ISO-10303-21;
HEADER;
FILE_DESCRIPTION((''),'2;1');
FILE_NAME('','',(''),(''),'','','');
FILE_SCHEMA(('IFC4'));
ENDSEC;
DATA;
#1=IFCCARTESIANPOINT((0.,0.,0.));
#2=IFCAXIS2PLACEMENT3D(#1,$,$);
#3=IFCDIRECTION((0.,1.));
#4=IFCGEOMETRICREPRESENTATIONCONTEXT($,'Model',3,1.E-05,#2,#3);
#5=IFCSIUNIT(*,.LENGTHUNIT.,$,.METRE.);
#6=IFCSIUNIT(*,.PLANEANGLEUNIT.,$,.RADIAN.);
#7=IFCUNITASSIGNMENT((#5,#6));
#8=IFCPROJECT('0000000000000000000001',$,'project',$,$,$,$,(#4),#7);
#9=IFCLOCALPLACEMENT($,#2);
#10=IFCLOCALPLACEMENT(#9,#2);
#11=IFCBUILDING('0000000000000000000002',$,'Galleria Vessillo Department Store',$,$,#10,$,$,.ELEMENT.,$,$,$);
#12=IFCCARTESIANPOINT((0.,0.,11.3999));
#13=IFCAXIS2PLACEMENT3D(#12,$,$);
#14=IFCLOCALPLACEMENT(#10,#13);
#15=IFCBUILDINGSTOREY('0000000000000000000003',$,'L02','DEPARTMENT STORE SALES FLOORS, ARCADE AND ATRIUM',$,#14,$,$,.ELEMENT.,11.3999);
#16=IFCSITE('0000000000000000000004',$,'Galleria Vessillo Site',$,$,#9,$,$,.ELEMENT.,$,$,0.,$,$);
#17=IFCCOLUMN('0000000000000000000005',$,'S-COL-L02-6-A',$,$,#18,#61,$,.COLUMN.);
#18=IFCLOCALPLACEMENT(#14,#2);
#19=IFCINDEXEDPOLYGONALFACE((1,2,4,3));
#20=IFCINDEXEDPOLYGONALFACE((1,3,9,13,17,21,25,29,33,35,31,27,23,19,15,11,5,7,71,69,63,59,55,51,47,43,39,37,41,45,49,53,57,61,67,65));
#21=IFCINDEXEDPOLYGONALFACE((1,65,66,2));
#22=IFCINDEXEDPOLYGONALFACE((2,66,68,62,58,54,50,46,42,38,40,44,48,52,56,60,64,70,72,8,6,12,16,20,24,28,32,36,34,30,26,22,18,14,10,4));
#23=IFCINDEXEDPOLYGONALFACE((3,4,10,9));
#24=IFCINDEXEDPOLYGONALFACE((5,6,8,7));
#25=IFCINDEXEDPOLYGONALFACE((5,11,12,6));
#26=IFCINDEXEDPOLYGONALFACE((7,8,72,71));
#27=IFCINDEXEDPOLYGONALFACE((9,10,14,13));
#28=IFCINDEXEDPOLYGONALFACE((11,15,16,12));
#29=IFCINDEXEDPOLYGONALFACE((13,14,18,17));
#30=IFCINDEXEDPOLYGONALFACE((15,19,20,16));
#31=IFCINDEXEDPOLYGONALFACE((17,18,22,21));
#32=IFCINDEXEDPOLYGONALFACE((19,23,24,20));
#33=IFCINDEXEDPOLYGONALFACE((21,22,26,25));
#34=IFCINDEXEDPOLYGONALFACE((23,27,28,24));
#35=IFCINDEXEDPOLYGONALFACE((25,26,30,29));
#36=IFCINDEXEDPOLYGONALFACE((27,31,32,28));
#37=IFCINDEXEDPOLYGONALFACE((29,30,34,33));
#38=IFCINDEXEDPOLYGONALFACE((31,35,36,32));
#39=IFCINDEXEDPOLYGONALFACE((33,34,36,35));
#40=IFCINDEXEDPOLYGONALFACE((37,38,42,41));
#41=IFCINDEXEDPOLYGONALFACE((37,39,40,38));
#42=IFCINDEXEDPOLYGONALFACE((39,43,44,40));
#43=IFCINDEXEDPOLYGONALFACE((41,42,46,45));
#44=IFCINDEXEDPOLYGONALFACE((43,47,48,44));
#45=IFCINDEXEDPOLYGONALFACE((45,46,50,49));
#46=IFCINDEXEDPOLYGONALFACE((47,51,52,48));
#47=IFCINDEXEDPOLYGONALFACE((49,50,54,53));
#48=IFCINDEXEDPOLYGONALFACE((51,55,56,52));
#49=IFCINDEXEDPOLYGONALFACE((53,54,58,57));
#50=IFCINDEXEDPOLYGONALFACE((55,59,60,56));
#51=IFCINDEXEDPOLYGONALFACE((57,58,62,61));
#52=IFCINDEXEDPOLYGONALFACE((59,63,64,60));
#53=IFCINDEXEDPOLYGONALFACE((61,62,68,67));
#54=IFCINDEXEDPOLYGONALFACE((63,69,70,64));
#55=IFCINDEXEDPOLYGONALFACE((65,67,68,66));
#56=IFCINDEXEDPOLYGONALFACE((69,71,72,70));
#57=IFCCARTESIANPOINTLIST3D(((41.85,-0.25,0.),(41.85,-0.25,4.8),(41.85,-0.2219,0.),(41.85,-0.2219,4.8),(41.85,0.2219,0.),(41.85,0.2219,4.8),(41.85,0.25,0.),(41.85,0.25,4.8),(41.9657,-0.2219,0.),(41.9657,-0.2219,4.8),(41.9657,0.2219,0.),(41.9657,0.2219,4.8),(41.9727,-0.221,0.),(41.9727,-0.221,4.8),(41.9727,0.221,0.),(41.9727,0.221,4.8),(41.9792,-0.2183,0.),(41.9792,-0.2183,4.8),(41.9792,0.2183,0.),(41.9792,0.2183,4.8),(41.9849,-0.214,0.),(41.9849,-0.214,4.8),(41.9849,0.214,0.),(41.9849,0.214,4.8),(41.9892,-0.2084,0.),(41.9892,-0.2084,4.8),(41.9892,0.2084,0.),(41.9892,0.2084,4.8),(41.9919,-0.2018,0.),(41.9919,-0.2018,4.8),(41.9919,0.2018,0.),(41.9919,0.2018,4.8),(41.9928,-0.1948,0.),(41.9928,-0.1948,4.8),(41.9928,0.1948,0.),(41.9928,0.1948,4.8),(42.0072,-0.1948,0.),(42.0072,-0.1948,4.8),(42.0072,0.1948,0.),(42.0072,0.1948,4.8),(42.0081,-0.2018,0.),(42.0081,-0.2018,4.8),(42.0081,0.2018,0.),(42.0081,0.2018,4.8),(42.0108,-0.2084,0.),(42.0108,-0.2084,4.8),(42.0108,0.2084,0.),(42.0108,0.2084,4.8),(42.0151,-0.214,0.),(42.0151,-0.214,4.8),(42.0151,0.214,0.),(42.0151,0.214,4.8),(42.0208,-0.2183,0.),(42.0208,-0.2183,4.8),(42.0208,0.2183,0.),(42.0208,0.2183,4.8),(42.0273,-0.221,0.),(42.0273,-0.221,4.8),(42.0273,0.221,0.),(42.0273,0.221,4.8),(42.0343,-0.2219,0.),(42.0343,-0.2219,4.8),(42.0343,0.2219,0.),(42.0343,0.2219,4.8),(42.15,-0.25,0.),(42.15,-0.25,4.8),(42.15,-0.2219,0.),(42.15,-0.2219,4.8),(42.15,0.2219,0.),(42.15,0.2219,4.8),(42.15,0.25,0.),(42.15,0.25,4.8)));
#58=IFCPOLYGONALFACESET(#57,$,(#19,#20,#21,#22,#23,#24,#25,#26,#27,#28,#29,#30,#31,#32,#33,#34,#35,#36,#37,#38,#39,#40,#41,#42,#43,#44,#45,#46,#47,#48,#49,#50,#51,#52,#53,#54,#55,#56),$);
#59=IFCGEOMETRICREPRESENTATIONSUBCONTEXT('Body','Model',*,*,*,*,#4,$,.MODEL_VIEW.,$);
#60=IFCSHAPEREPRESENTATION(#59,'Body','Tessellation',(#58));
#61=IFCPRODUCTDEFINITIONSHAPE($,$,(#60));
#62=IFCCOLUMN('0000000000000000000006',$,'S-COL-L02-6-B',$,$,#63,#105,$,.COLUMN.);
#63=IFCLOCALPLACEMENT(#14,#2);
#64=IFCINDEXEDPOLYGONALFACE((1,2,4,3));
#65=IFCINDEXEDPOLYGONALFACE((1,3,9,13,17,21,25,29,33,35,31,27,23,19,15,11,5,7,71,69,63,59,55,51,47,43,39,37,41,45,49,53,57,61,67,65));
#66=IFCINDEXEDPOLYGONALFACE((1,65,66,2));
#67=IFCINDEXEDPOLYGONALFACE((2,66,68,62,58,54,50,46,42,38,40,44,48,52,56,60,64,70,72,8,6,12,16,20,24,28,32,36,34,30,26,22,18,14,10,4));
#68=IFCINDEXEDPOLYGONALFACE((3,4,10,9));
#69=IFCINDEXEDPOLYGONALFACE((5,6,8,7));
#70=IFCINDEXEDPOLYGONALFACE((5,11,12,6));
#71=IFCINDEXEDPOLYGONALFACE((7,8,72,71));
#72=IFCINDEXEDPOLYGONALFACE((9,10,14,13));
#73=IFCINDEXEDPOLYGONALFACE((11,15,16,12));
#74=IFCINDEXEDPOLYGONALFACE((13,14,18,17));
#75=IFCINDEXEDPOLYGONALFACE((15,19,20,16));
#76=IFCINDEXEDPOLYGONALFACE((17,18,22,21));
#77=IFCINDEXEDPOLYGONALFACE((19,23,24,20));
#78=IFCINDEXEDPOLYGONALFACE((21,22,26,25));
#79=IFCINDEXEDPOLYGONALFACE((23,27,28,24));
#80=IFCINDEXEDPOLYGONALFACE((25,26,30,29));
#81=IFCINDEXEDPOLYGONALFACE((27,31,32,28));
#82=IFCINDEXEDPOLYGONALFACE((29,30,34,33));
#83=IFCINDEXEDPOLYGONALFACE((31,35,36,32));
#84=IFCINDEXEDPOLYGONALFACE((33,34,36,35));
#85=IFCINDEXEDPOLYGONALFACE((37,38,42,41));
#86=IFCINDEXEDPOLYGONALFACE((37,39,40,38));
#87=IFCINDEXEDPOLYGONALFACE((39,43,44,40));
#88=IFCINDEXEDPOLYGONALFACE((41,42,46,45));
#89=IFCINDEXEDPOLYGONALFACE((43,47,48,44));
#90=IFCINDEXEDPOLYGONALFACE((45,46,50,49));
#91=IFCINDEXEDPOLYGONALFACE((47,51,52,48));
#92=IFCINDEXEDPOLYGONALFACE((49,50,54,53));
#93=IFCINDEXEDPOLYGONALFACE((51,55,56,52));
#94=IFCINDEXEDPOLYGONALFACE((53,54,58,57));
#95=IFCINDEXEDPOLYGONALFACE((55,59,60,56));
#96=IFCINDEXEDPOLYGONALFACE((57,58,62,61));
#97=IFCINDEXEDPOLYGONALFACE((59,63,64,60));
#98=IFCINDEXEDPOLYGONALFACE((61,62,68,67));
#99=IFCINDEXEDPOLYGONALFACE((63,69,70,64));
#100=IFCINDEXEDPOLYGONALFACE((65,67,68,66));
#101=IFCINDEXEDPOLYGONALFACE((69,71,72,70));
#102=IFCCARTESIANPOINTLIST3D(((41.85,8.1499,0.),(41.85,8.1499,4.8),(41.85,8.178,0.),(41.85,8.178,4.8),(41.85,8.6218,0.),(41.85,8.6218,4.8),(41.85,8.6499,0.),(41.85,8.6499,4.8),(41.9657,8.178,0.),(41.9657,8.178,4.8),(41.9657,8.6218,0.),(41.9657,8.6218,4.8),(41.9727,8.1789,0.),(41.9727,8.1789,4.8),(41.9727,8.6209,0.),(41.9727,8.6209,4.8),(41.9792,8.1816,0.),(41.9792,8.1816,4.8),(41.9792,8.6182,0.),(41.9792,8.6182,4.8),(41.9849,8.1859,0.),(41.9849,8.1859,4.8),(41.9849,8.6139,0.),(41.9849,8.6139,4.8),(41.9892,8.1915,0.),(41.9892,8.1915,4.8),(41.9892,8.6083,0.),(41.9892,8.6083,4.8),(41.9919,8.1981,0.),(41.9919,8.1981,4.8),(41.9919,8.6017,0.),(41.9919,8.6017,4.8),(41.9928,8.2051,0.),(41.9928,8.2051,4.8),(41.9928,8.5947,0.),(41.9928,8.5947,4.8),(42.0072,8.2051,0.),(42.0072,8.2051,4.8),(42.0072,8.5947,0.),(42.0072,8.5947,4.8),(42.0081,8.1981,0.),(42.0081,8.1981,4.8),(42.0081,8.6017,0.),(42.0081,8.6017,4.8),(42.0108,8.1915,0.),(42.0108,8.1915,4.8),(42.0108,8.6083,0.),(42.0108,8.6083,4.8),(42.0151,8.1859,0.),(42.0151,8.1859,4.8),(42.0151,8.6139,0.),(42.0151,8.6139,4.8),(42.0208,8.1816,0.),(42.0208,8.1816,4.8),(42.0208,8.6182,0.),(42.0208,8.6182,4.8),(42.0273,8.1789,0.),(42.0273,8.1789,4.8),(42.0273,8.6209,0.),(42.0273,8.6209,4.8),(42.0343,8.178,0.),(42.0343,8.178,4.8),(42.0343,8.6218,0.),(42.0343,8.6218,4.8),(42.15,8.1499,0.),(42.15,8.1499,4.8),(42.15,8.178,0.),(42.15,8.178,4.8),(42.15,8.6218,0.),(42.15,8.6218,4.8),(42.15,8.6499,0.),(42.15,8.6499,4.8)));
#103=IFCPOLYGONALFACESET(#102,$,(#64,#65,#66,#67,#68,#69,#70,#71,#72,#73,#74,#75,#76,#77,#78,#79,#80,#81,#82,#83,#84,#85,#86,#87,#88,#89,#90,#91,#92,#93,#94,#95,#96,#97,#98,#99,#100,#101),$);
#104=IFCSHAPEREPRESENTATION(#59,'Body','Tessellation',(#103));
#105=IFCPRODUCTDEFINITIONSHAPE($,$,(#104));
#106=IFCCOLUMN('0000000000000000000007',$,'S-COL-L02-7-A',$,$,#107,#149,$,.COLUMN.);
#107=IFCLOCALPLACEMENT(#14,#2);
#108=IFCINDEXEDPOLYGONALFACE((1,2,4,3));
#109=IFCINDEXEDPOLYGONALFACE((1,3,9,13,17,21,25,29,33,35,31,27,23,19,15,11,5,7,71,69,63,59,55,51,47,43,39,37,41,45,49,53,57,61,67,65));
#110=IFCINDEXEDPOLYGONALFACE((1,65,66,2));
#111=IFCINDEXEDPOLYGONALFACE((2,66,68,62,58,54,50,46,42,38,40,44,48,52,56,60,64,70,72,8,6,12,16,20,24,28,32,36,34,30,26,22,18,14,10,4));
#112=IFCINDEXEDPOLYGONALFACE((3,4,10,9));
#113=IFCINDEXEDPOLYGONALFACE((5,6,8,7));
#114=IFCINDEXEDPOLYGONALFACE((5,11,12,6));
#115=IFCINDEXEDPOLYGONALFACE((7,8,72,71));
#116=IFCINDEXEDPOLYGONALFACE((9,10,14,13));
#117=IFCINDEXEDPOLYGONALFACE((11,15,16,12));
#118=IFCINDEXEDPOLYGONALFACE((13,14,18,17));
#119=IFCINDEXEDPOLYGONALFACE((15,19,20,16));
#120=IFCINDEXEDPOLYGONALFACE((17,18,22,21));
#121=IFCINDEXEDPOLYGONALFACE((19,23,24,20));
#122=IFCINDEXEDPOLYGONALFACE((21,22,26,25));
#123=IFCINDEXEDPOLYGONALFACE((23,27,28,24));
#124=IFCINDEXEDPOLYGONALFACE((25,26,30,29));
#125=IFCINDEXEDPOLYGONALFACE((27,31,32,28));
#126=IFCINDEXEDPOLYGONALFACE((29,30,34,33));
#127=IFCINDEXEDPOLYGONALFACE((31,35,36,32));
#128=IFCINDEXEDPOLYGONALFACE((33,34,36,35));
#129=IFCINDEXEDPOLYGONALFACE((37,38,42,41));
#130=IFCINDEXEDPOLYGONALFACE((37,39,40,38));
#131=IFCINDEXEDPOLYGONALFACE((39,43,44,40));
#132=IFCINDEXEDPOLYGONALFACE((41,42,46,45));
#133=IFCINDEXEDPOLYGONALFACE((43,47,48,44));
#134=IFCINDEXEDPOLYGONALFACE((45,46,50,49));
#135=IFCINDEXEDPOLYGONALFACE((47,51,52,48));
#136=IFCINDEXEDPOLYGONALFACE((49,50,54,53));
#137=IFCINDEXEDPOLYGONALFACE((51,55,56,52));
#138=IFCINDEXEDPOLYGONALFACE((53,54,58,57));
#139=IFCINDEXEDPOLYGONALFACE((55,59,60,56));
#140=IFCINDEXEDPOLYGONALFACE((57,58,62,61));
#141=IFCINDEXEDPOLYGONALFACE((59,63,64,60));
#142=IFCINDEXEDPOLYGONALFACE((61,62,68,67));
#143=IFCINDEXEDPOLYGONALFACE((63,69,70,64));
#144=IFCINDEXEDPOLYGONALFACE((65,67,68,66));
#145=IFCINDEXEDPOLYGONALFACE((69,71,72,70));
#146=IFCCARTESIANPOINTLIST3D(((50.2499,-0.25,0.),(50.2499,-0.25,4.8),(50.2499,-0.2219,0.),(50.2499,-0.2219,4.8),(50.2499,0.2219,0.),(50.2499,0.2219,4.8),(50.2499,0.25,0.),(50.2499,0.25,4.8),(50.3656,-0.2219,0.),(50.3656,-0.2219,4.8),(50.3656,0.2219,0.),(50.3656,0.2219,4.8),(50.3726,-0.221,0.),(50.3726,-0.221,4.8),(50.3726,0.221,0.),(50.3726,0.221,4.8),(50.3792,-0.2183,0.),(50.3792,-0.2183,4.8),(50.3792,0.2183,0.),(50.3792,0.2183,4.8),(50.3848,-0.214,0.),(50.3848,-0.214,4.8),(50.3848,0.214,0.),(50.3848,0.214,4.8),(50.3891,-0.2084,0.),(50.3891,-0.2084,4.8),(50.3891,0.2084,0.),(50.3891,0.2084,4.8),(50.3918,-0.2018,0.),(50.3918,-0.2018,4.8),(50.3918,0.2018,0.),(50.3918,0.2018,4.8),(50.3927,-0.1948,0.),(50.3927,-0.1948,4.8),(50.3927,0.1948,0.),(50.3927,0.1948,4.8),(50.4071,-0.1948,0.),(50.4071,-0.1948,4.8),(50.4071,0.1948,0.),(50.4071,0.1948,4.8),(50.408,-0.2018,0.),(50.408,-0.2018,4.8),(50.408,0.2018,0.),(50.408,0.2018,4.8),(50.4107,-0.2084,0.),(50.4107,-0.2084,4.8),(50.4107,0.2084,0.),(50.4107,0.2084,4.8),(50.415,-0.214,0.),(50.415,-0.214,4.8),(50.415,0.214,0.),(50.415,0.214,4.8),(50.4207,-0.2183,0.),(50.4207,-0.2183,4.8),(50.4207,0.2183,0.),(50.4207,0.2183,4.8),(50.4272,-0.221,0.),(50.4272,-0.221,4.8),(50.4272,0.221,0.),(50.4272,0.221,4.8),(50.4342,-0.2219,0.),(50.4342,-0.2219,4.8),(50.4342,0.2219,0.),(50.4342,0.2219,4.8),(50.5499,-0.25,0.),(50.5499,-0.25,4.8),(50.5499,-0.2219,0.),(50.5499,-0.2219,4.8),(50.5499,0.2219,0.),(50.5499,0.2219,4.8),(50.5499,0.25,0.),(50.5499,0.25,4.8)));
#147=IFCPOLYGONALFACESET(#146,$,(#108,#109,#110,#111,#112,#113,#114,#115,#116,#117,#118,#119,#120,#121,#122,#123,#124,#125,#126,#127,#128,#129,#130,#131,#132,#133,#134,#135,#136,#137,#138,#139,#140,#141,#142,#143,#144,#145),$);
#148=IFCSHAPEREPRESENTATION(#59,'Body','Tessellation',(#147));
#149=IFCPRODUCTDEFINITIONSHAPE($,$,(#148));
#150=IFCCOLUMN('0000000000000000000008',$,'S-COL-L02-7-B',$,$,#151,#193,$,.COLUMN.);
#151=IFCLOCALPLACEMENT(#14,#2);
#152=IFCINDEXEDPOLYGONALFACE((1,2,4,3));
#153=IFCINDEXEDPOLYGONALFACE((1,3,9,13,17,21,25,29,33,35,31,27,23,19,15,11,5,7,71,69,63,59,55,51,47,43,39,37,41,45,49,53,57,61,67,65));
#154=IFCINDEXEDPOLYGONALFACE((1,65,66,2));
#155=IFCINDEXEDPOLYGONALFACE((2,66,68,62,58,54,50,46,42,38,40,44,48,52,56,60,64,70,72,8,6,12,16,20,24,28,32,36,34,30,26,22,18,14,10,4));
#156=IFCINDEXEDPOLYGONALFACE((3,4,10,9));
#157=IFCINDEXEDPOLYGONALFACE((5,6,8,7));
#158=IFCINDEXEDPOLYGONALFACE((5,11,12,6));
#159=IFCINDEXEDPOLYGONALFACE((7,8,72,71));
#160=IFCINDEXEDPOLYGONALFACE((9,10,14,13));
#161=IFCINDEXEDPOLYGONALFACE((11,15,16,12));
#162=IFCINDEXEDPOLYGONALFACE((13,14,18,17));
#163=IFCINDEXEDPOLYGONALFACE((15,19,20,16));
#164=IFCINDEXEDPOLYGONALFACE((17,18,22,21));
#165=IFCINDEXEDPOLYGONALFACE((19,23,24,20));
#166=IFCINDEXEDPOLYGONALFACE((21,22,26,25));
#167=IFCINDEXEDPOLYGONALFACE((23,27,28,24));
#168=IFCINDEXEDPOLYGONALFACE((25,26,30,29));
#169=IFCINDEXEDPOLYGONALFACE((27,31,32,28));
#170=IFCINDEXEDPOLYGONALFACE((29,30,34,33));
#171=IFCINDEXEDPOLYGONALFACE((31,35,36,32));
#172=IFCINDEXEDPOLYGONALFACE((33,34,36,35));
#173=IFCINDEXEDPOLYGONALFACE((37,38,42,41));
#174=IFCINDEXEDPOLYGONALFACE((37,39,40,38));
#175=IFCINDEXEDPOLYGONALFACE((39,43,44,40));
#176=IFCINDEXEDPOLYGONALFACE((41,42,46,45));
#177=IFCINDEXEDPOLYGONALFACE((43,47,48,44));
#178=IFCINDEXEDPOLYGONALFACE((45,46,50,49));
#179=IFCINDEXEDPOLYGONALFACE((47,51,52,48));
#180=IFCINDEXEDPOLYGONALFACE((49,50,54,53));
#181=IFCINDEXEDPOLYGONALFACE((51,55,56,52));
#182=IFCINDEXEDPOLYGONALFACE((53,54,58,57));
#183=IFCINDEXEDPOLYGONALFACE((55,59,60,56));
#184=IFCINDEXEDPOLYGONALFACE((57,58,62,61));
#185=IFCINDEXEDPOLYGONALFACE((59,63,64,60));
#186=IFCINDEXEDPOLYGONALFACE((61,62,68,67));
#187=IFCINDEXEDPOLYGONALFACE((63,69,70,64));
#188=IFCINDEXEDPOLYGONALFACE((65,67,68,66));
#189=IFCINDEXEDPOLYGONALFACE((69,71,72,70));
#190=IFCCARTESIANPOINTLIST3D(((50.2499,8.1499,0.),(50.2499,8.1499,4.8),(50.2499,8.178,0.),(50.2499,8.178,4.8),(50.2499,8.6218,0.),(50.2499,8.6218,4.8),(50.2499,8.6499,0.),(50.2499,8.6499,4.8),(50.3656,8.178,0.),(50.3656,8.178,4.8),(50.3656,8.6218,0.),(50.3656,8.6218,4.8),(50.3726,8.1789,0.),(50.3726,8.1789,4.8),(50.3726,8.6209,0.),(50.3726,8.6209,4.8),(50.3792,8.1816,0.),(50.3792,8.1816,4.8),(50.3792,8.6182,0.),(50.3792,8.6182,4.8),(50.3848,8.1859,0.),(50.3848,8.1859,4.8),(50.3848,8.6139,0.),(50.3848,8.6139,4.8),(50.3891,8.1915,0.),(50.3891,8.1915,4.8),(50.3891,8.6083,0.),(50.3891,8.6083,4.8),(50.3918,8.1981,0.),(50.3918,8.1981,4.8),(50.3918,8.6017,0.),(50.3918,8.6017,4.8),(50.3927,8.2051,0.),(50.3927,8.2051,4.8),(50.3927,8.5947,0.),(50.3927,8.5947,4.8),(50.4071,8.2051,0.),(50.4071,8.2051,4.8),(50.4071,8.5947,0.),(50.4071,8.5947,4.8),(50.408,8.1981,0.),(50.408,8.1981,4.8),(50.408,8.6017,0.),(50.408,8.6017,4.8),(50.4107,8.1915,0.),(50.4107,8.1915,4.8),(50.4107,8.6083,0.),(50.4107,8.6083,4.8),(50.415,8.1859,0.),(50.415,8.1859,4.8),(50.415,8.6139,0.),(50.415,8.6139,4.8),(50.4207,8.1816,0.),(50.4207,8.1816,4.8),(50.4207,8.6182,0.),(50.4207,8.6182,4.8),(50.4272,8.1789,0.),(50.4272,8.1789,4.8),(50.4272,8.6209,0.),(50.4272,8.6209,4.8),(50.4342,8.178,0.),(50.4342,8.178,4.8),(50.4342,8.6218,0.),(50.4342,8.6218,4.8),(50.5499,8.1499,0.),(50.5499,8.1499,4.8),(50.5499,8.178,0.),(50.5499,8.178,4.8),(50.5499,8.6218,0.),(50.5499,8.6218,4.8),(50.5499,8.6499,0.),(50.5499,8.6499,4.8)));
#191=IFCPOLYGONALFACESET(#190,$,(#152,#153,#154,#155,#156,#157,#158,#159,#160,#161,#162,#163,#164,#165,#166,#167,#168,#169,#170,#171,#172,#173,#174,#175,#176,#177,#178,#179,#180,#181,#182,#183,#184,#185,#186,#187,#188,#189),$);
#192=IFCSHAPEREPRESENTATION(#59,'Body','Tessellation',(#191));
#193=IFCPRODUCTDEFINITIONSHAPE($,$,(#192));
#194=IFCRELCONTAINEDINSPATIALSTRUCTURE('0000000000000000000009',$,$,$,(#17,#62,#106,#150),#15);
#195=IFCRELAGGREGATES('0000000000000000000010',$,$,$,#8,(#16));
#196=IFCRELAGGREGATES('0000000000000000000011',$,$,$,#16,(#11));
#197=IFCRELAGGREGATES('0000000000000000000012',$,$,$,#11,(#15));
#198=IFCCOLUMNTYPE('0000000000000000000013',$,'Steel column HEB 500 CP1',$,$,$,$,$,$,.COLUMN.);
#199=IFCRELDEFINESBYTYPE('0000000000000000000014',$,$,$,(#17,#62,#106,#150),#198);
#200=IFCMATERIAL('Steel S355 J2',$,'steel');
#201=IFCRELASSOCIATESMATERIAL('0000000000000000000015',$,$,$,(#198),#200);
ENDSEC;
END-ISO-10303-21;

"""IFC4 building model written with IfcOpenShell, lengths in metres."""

from ifc_helpers import new_model, si_unit, direction, frame, origin, origin_2d, place, context, subcontext, project, spatial, i_section, extrude, material, material_profile, profile_set, type_object, element, save


model = new_model("IFC4")

# Units and contexts
model_context = context("Model", 3, precision=1e-05, world=origin(), true_north=direction((0.0, 1.0)))
body_context = subcontext(model_context, "Body", "Model", "MODEL_VIEW")
ifc_project = project(units=[si_unit("LENGTHUNIT", "METRE"), si_unit("PLANEANGLEUNIT", "RADIAN")], contexts=[model_context])

# Site, building, storey
site_placement = place(None, origin())
site = spatial("IfcSite", under=ifc_project, at=site_placement, Name="Galleria Vessillo Site", CompositionType="ELEMENT", RefElevation=0.0)
building_placement = place(site_placement, origin())
building = spatial("IfcBuilding", under=site, at=building_placement, Name="Galleria Vessillo Department Store", CompositionType="ELEMENT")
storey_placement = place(building_placement, frame((0.0, 0.0, 11.3999)))
storey = spatial("IfcBuildingStorey", under=building, at=storey_placement, Name="L02", Description="DEPARTMENT STORE SALES FLOORS, ARCADE AND ATRIUM", CompositionType="ELEMENT", Elevation=11.3999)

# Columns
ifc_material_1 = material(Name="Steel S355 J2", Category="steel")
ifc_material_profile_1 = material_profile(ifc_material_1, i_section(OverallWidth=0.3, OverallDepth=0.5, WebThickness=0.0144, FlangeThickness=0.0281, FilletRadius=0.0271, at=origin_2d()), Name="HEB 500")
ifc_profile_set_1 = profile_set([ifc_material_profile_1], Name="Steel S355 J2")
column_type = type_object("IfcColumnType", Name="Steel column HEB 500 CP1", PredefinedType="COLUMN", material=ifc_profile_set_1)
for number, where, z_axis, x_axis, name in (
    (1, (42.0, 0.0, 0.0), (0.0, 0.0, 1.0), (1.0, 0.0, 0.0), "S-COL-L02-6-A"),
    (2, (42.0, 8.3999, 0.0), (0.0, 0.0, 1.0), (1.0, 0.0, 0.0), "S-COL-L02-6-B"),
    (3, (50.3999, 0.0, 0.0), (0.0, 0.0, 1.0), (1.0, 0.0, 0.0), "S-COL-L02-7-A"),
    (4, (50.3999, 8.3999, 0.0), (0.0, 0.0, 1.0), (1.0, 0.0, 0.0), "S-COL-L02-7-B"),
):
    element("IfcColumn", number, at=place(storey_placement, frame(where, z_axis=z_axis, x_axis=x_axis)), inside=storey, type_object=column_type, Name=name, PredefinedType="COLUMN", context=body_context, shape_type="SweptSolid", body=[
        extrude(i_section(OverallWidth=0.3, OverallDepth=0.5, WebThickness=0.0144, FlangeThickness=0.0281, FilletRadius=0.0271, at=origin_2d()), origin(), (0.0, 0.0, 1.0), 4.8),
    ])

save(model, "model.ifc")
